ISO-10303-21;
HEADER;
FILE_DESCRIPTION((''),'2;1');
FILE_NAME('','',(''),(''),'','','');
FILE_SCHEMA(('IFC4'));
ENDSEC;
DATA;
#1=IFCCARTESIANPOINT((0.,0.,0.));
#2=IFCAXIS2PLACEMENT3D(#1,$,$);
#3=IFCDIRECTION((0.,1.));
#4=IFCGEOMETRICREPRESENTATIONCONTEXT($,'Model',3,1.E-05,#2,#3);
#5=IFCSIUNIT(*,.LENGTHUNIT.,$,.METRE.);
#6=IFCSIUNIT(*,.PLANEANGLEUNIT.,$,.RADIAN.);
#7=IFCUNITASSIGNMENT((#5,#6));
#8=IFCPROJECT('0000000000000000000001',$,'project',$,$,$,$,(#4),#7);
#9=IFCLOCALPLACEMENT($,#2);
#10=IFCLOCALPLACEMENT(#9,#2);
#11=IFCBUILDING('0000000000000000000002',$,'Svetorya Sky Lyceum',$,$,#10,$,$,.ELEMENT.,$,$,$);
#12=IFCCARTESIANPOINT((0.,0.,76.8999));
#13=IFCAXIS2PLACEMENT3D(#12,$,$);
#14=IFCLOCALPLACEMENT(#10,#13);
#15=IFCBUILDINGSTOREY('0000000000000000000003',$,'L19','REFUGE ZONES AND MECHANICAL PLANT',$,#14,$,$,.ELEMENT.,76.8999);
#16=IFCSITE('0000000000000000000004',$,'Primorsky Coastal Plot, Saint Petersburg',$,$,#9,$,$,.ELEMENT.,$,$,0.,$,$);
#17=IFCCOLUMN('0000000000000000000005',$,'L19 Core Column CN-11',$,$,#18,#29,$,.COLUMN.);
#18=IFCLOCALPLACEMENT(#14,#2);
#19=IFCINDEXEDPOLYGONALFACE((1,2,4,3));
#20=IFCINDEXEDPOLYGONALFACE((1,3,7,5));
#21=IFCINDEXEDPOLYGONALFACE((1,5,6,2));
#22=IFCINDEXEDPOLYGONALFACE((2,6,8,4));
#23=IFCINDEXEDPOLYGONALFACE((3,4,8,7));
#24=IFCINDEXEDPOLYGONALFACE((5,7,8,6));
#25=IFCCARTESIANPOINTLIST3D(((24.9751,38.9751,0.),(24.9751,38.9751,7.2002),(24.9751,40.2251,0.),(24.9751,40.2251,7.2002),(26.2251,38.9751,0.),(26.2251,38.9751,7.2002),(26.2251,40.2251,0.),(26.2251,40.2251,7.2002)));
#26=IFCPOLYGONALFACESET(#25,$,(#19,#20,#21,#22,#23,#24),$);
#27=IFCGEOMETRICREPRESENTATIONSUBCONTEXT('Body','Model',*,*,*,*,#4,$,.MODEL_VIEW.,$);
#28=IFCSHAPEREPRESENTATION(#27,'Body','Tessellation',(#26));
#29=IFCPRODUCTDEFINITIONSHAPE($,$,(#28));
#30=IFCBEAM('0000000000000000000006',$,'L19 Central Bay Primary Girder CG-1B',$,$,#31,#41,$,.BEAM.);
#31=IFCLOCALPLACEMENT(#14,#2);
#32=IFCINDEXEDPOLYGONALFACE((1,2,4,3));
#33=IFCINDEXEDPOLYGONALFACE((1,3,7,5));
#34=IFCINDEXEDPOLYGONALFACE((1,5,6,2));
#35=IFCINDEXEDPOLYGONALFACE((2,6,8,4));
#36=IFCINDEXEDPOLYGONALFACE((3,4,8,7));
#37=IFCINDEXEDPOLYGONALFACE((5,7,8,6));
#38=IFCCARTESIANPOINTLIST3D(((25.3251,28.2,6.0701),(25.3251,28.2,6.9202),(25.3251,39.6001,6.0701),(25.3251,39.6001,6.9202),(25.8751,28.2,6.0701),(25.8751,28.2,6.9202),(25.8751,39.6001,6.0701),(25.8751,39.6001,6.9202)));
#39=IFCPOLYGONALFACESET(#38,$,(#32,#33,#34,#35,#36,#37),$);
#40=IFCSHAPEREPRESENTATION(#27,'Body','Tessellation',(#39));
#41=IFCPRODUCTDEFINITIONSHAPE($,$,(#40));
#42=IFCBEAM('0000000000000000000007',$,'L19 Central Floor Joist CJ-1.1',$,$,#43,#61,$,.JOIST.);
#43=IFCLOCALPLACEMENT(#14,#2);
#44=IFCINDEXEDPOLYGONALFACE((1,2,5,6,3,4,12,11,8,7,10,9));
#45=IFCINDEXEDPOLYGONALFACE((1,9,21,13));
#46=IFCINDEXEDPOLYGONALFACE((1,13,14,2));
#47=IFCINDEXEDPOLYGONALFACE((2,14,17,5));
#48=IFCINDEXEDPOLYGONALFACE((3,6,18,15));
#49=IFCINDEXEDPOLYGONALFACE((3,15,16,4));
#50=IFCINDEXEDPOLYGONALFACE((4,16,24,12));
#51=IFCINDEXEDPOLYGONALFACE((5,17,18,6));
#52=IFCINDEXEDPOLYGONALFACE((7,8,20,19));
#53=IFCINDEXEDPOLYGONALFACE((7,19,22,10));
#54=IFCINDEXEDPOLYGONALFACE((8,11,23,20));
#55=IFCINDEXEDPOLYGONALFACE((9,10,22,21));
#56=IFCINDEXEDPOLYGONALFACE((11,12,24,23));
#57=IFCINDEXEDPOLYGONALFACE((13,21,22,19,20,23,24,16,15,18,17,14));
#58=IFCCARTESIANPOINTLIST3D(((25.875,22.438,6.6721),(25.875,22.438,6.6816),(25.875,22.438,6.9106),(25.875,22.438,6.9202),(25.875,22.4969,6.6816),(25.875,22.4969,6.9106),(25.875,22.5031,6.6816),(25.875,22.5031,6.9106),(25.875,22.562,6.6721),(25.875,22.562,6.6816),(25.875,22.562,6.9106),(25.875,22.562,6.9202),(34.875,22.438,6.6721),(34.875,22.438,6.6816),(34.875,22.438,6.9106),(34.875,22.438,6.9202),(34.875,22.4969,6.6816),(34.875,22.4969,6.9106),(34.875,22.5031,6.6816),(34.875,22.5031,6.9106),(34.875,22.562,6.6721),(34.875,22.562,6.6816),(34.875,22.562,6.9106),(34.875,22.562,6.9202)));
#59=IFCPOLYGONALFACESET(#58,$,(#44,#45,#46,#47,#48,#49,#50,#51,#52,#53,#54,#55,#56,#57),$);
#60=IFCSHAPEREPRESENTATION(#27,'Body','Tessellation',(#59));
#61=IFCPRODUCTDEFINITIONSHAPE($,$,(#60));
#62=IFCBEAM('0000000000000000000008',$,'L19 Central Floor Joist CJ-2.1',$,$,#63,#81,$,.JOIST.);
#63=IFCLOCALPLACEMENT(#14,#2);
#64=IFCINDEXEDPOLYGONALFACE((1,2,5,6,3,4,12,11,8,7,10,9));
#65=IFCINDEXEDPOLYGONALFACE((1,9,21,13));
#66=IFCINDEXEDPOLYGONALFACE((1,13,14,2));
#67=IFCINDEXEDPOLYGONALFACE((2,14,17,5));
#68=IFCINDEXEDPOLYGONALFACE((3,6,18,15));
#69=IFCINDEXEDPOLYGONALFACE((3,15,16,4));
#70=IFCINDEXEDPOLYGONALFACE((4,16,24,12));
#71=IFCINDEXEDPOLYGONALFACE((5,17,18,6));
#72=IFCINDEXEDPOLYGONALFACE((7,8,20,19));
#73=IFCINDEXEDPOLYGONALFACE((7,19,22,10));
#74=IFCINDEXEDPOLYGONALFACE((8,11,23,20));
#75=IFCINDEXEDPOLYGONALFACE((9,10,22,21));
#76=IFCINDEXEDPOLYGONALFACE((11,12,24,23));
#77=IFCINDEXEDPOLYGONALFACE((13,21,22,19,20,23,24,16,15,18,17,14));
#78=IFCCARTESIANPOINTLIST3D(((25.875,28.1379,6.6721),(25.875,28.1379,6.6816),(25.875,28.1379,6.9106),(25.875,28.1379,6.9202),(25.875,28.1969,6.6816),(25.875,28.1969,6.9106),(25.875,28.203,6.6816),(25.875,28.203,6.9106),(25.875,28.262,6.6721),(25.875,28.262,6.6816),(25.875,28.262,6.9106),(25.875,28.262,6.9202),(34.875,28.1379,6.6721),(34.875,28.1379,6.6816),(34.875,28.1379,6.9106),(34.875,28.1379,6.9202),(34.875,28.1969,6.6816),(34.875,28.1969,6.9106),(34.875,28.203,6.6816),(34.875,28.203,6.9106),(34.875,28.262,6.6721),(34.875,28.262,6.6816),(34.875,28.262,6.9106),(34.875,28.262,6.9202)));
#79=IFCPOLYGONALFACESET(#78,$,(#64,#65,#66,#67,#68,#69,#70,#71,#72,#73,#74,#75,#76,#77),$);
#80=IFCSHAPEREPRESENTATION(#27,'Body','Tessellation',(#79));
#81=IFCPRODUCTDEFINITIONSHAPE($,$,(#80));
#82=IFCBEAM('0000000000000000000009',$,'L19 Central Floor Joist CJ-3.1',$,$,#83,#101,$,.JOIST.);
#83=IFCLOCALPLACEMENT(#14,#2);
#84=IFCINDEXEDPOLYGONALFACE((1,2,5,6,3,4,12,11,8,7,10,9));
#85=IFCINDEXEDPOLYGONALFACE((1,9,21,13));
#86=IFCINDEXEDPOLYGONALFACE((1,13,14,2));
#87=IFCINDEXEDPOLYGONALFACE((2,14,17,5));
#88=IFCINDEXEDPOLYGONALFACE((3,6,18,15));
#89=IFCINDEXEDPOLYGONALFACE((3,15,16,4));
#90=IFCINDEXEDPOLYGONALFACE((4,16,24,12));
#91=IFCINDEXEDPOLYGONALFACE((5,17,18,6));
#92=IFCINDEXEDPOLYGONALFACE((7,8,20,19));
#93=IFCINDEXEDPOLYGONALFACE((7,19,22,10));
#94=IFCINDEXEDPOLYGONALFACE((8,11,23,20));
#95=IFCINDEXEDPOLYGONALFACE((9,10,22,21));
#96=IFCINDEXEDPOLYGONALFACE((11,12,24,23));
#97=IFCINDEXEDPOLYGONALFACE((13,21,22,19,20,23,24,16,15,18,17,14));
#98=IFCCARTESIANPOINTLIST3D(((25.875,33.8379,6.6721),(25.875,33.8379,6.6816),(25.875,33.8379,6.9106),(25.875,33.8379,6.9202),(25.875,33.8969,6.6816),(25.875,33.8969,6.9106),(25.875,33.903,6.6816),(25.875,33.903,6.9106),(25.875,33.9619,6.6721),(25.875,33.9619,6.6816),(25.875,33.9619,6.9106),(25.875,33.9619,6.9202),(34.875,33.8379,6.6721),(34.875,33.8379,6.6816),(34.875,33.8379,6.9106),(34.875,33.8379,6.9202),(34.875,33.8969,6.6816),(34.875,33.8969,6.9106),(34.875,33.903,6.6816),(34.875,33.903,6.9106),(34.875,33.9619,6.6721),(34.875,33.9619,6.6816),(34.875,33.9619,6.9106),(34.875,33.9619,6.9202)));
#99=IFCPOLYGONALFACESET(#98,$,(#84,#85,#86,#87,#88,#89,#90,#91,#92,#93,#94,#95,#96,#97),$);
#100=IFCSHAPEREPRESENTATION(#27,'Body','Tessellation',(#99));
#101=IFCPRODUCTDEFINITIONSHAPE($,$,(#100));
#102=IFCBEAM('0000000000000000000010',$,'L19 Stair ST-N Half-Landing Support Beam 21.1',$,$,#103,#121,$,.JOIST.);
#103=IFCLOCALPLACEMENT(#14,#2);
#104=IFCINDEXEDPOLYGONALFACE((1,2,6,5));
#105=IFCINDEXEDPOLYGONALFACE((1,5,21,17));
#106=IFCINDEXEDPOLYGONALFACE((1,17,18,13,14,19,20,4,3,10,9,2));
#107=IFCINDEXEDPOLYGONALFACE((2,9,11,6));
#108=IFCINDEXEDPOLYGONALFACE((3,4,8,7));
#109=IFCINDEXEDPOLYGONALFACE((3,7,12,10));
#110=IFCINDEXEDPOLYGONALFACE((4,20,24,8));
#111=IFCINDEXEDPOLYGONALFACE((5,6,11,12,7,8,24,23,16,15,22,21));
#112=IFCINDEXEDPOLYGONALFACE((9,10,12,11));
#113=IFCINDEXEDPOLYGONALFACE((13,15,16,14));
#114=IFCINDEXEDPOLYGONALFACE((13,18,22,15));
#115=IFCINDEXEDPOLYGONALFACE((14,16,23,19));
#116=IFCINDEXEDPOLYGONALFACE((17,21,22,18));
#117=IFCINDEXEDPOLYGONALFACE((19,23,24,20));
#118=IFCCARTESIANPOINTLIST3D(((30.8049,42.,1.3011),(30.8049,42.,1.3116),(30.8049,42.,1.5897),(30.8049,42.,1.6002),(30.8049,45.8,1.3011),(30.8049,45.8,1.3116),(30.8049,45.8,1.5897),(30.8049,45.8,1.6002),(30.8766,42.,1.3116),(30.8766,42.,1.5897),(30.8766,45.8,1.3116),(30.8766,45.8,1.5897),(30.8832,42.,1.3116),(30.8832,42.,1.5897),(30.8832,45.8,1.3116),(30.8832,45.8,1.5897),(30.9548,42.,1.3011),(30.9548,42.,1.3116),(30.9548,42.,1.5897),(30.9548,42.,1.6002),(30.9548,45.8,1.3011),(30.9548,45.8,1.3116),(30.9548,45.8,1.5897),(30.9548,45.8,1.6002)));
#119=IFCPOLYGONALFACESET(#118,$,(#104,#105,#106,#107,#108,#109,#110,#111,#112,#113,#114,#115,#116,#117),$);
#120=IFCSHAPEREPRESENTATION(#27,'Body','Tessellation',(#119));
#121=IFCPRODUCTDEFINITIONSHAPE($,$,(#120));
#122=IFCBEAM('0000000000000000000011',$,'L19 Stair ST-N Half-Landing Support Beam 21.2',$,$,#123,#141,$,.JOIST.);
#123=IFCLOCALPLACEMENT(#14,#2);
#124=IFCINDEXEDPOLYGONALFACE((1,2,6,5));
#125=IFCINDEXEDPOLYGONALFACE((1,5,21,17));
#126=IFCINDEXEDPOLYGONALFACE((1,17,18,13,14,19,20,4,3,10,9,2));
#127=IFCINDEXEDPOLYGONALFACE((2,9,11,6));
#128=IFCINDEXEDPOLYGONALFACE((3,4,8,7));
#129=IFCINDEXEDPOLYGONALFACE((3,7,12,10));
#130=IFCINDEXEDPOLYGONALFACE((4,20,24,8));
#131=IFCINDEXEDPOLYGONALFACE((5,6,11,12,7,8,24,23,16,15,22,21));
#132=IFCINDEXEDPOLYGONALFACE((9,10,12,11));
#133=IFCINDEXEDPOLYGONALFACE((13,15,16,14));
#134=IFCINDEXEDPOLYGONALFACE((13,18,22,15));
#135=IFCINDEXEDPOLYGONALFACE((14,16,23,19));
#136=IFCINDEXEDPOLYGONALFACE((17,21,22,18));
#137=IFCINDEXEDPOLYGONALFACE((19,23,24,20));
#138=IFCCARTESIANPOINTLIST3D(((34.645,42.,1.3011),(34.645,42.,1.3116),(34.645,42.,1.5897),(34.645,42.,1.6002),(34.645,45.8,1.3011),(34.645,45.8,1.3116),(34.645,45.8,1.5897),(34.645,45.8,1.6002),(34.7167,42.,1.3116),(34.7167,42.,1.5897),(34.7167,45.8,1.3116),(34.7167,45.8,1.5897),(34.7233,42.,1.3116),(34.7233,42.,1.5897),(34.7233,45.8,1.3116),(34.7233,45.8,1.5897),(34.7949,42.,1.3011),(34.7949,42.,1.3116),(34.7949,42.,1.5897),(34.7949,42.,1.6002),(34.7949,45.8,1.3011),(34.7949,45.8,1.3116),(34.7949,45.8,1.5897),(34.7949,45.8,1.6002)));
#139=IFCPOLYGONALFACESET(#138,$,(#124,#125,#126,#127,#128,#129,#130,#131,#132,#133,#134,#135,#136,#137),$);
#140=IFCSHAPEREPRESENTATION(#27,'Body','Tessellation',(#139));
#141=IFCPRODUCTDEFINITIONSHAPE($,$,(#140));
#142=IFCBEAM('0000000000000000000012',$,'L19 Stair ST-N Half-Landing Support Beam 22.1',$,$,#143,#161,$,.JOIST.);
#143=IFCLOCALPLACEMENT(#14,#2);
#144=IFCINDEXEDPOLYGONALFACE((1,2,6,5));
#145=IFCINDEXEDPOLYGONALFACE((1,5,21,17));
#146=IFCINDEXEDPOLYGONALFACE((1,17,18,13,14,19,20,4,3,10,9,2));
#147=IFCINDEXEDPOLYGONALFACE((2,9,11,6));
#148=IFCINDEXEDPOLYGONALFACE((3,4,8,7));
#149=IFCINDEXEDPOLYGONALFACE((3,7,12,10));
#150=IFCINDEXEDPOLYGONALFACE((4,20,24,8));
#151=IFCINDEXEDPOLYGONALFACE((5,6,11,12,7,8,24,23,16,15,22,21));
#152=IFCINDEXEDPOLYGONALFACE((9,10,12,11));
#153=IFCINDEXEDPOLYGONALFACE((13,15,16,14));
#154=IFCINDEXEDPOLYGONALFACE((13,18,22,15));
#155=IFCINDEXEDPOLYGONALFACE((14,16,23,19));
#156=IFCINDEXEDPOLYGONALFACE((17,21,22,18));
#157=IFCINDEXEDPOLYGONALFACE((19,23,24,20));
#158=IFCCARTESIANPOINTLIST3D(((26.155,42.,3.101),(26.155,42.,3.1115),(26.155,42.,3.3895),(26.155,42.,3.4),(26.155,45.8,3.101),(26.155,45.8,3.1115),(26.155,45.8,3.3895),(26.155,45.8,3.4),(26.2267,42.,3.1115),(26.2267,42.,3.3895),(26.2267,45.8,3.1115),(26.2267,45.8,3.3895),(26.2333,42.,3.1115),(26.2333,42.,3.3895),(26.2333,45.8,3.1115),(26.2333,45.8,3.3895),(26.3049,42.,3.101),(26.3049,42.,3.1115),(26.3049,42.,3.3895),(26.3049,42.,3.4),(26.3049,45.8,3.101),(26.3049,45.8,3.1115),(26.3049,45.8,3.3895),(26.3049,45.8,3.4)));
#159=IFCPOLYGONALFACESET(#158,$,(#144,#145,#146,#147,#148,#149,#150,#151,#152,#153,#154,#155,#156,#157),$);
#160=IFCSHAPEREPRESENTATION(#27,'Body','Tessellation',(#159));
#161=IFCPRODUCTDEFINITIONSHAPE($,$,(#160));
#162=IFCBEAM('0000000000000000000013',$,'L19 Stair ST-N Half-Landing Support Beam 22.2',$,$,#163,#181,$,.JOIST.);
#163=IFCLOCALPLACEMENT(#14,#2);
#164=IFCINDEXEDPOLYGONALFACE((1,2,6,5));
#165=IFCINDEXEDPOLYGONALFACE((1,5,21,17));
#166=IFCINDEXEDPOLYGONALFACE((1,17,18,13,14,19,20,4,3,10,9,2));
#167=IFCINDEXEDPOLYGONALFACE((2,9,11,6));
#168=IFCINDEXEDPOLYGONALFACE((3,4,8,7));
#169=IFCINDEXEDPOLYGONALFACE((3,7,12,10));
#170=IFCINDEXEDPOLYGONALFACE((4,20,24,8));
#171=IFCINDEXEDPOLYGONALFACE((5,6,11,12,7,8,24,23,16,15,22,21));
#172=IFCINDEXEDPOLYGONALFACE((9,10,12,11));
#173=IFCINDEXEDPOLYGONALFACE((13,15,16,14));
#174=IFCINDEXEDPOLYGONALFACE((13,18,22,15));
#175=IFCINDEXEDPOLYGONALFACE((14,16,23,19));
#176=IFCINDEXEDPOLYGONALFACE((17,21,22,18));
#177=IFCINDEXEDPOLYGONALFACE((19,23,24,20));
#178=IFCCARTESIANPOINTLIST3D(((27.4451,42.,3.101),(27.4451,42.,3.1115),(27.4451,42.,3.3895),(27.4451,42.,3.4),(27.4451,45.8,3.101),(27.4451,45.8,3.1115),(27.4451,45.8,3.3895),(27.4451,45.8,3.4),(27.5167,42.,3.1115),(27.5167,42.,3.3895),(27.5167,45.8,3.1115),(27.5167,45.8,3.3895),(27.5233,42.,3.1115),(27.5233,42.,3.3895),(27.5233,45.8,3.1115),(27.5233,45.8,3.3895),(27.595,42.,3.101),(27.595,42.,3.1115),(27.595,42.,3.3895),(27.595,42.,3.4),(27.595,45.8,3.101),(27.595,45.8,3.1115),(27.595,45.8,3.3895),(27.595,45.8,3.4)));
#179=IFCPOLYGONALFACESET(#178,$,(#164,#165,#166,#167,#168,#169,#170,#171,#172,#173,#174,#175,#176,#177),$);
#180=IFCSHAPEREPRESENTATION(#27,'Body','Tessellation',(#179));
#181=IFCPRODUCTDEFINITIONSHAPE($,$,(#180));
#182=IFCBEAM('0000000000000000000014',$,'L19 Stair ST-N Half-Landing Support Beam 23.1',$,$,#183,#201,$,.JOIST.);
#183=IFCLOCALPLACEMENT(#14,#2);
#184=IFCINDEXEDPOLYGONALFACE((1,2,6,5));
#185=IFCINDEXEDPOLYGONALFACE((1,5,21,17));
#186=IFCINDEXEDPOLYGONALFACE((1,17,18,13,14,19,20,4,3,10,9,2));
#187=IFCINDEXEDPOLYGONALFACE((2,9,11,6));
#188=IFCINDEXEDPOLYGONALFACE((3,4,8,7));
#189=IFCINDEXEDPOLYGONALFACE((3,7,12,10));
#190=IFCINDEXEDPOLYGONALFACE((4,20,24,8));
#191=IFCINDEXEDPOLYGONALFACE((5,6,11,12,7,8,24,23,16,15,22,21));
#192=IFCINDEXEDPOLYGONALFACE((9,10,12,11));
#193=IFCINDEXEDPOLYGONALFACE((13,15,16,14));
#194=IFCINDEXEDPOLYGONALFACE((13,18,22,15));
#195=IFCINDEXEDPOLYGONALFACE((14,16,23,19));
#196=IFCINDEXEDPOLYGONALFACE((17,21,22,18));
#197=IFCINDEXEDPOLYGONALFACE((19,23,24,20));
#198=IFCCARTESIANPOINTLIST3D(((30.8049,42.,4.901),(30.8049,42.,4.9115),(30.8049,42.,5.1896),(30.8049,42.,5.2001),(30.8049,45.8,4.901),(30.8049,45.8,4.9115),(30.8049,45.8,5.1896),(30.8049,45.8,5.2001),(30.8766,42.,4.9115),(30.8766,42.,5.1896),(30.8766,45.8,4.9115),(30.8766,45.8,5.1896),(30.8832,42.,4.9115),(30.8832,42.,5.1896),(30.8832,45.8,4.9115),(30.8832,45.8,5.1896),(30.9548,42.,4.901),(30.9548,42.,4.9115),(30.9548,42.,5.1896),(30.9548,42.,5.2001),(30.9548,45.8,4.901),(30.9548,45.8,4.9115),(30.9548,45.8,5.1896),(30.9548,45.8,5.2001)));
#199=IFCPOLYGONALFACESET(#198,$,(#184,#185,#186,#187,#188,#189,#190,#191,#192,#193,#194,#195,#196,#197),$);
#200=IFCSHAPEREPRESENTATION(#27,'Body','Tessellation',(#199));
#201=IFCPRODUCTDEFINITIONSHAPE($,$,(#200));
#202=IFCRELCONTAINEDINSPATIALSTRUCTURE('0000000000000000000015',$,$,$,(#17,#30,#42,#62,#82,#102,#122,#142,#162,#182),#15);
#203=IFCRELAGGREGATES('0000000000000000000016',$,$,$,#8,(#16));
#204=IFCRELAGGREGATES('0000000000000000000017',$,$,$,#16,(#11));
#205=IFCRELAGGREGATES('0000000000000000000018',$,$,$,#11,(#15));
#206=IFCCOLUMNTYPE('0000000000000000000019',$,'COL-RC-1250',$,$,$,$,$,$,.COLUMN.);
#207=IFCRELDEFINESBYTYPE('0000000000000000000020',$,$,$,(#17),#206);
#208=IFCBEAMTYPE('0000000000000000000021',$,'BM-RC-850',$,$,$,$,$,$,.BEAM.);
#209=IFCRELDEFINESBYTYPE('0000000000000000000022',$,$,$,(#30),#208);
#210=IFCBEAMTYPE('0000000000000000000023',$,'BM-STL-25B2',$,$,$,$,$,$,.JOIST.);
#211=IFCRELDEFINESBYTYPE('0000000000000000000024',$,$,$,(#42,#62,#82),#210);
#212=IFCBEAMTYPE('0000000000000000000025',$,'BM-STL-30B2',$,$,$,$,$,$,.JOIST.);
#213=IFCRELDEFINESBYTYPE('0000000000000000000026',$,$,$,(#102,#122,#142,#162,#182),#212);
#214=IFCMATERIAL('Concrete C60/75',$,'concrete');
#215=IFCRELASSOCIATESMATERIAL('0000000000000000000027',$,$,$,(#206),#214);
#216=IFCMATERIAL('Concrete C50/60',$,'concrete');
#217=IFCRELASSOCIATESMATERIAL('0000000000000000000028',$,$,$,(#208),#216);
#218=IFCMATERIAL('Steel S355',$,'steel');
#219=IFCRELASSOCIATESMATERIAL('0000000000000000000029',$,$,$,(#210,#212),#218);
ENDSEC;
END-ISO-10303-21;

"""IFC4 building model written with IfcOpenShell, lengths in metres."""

from ifc_helpers import new_model, si_unit, direction, frame, origin, origin_2d, place, context, subcontext, project, spatial, rectangle, i_section, extrude, material, material_profile, profile_set, type_object, element, save


model = new_model("IFC4")

# Units and contexts
model_context = context("Model", 3, precision=1e-05, world=origin(), true_north=direction((0.0, 1.0)))
body_context = subcontext(model_context, "Body", "Model", "MODEL_VIEW")
ifc_project = project(units=[si_unit("LENGTHUNIT", "METRE"), si_unit("PLANEANGLEUNIT", "RADIAN")], contexts=[model_context])

# Site, building, storey
site_placement = place(None, origin())
site = spatial("IfcSite", under=ifc_project, at=site_placement, Name="Primorsky Coastal Plot, Saint Petersburg", CompositionType="ELEMENT", RefElevation=0.0)
building_placement = place(site_placement, origin())
building = spatial("IfcBuilding", under=site, at=building_placement, Name="Svetorya Sky Lyceum", CompositionType="ELEMENT")
storey_placement = place(building_placement, frame((0.0, 0.0, 76.8999)))
storey = spatial("IfcBuildingStorey", under=building, at=storey_placement, Name="L19", Description="REFUGE ZONES AND MECHANICAL PLANT", CompositionType="ELEMENT", Elevation=76.8999)

# Column
ifc_material_1 = material(Name="Concrete C60/75", Category="concrete")
ifc_material_profile_1 = material_profile(ifc_material_1, rectangle(XDim=1.25, YDim=1.25, at=origin_2d()), Name="RC COL 1250x1250")
ifc_profile_set_1 = profile_set([ifc_material_profile_1], Name="Concrete C60/75")
column_type = type_object("IfcColumnType", Name="COL-RC-1250", PredefinedType="COLUMN", material=ifc_profile_set_1)
column_placement = place(storey_placement, frame((25.6001, 39.6001, 0.0), z_axis=(0.0, 0.0, 1.0), x_axis=(1.0, 0.0, 0.0)))
element("IfcColumn", 1, at=column_placement, inside=storey, type_object=column_type, Name="L19 Core Column CN-11", PredefinedType="COLUMN", context=body_context, shape_type="SweptSolid", body=[
    extrude(rectangle(XDim=1.25, YDim=1.25, at=origin_2d()), origin(), (0.0, 0.0, 1.0), 7.2002),
])

# Beams
ifc_material_2 = material(Name="Concrete C50/60", Category="concrete")
ifc_material_profile_2 = material_profile(ifc_material_2, rectangle(XDim=0.55, YDim=0.8501, at=origin_2d()), Name="RC BEAM 550x850")
ifc_profile_set_2 = profile_set([ifc_material_profile_2], Name="Concrete C50/60")
beam_type_1 = type_object("IfcBeamType", Name="BM-RC-850", PredefinedType="BEAM", material=ifc_profile_set_2)
beam_placement = place(storey_placement, frame((25.6001, 28.2, 6.4951), z_axis=(0.0, 1.0, 0.0), x_axis=(-1.0, 0.0, 0.0)))
element("IfcBeam", 2, at=beam_placement, inside=storey, type_object=beam_type_1, Name="L19 Central Bay Primary Girder CG-1B", PredefinedType="BEAM", context=body_context, shape_type="SweptSolid", body=[
    extrude(rectangle(XDim=0.55, YDim=0.8501, at=origin_2d()), origin(), (0.0, 0.0, 1.0), 11.4001),
])
ifc_material_3 = material(Name="Steel S355", Category="steel")
ifc_material_profile_3 = material_profile(ifc_material_3, i_section(OverallWidth=0.124, OverallDepth=0.248, WebThickness=0.0061, FlangeThickness=0.0095, at=origin_2d()), Name="GOST 25B2")
ifc_profile_set_3 = profile_set([ifc_material_profile_3], Name="Steel S355")
beam_type_2 = type_object("IfcBeamType", Name="BM-STL-25B2", PredefinedType="JOIST", material=ifc_profile_set_3)
for number, where, z_axis, x_axis, name in (
    (3, (25.875, 22.5, 6.7961), (1.0, 0.0, 0.0), (0.0, 1.0, 0.0), "L19 Central Floor Joist CJ-1.1"),
    (4, (25.875, 28.2, 6.7961), (1.0, 0.0, 0.0), (0.0, 1.0, 0.0), "L19 Central Floor Joist CJ-2.1"),
    (5, (25.875, 33.8999, 6.7961), (1.0, 0.0, 0.0), (0.0, 1.0, 0.0), "L19 Central Floor Joist CJ-3.1"),
):
    element("IfcBeam", number, at=place(storey_placement, frame(where, z_axis=z_axis, x_axis=x_axis)), inside=storey, type_object=beam_type_2, Name=name, PredefinedType="JOIST", context=body_context, shape_type="SweptSolid", body=[
        extrude(i_section(OverallWidth=0.124, OverallDepth=0.248, WebThickness=0.0061, FlangeThickness=0.0095, at=origin_2d()), origin(), (0.0, 0.0, 1.0), 9.0),
    ])
ifc_material_profile_4 = material_profile(ifc_material_3, i_section(OverallWidth=0.1499, OverallDepth=0.2991, WebThickness=0.0066, FlangeThickness=0.0105, at=origin_2d()), Name="GOST 30B2")
ifc_profile_set_4 = profile_set([ifc_material_profile_4], Name="Steel S355")
beam_type_3 = type_object("IfcBeamType", Name="BM-STL-30B2", PredefinedType="JOIST", material=ifc_profile_set_4)
for number, where, z_axis, x_axis, name in (
    (6, (30.8799, 42.0, 1.4507), (0.0, 1.0, 0.0), (-1.0, 0.0, 0.0), "L19 Stair ST-N Half-Landing Support Beam 21.1"),
    (7, (34.72, 42.0, 1.4507), (0.0, 1.0, 0.0), (-1.0, 0.0, 0.0), "L19 Stair ST-N Half-Landing Support Beam 21.2"),
    (8, (26.23, 42.0, 3.2505), (0.0, 1.0, 0.0), (-1.0, 0.0, 0.0), "L19 Stair ST-N Half-Landing Support Beam 22.1"),
    (9, (27.52, 42.0, 3.2505), (0.0, 1.0, 0.0), (-1.0, 0.0, 0.0), "L19 Stair ST-N Half-Landing Support Beam 22.2"),
    (10, (30.8799, 42.0, 5.0505), (0.0, 1.0, 0.0), (-1.0, 0.0, 0.0), "L19 Stair ST-N Half-Landing Support Beam 23.1"),
):
    element("IfcBeam", number, at=place(storey_placement, frame(where, z_axis=z_axis, x_axis=x_axis)), inside=storey, type_object=beam_type_3, Name=name, PredefinedType="JOIST", context=body_context, shape_type="SweptSolid", body=[
        extrude(i_section(OverallWidth=0.1499, OverallDepth=0.2991, WebThickness=0.0066, FlangeThickness=0.0105, at=origin_2d()), origin(), (0.0, 0.0, 1.0), 3.8),
    ])

save(model, "model.ifc")
